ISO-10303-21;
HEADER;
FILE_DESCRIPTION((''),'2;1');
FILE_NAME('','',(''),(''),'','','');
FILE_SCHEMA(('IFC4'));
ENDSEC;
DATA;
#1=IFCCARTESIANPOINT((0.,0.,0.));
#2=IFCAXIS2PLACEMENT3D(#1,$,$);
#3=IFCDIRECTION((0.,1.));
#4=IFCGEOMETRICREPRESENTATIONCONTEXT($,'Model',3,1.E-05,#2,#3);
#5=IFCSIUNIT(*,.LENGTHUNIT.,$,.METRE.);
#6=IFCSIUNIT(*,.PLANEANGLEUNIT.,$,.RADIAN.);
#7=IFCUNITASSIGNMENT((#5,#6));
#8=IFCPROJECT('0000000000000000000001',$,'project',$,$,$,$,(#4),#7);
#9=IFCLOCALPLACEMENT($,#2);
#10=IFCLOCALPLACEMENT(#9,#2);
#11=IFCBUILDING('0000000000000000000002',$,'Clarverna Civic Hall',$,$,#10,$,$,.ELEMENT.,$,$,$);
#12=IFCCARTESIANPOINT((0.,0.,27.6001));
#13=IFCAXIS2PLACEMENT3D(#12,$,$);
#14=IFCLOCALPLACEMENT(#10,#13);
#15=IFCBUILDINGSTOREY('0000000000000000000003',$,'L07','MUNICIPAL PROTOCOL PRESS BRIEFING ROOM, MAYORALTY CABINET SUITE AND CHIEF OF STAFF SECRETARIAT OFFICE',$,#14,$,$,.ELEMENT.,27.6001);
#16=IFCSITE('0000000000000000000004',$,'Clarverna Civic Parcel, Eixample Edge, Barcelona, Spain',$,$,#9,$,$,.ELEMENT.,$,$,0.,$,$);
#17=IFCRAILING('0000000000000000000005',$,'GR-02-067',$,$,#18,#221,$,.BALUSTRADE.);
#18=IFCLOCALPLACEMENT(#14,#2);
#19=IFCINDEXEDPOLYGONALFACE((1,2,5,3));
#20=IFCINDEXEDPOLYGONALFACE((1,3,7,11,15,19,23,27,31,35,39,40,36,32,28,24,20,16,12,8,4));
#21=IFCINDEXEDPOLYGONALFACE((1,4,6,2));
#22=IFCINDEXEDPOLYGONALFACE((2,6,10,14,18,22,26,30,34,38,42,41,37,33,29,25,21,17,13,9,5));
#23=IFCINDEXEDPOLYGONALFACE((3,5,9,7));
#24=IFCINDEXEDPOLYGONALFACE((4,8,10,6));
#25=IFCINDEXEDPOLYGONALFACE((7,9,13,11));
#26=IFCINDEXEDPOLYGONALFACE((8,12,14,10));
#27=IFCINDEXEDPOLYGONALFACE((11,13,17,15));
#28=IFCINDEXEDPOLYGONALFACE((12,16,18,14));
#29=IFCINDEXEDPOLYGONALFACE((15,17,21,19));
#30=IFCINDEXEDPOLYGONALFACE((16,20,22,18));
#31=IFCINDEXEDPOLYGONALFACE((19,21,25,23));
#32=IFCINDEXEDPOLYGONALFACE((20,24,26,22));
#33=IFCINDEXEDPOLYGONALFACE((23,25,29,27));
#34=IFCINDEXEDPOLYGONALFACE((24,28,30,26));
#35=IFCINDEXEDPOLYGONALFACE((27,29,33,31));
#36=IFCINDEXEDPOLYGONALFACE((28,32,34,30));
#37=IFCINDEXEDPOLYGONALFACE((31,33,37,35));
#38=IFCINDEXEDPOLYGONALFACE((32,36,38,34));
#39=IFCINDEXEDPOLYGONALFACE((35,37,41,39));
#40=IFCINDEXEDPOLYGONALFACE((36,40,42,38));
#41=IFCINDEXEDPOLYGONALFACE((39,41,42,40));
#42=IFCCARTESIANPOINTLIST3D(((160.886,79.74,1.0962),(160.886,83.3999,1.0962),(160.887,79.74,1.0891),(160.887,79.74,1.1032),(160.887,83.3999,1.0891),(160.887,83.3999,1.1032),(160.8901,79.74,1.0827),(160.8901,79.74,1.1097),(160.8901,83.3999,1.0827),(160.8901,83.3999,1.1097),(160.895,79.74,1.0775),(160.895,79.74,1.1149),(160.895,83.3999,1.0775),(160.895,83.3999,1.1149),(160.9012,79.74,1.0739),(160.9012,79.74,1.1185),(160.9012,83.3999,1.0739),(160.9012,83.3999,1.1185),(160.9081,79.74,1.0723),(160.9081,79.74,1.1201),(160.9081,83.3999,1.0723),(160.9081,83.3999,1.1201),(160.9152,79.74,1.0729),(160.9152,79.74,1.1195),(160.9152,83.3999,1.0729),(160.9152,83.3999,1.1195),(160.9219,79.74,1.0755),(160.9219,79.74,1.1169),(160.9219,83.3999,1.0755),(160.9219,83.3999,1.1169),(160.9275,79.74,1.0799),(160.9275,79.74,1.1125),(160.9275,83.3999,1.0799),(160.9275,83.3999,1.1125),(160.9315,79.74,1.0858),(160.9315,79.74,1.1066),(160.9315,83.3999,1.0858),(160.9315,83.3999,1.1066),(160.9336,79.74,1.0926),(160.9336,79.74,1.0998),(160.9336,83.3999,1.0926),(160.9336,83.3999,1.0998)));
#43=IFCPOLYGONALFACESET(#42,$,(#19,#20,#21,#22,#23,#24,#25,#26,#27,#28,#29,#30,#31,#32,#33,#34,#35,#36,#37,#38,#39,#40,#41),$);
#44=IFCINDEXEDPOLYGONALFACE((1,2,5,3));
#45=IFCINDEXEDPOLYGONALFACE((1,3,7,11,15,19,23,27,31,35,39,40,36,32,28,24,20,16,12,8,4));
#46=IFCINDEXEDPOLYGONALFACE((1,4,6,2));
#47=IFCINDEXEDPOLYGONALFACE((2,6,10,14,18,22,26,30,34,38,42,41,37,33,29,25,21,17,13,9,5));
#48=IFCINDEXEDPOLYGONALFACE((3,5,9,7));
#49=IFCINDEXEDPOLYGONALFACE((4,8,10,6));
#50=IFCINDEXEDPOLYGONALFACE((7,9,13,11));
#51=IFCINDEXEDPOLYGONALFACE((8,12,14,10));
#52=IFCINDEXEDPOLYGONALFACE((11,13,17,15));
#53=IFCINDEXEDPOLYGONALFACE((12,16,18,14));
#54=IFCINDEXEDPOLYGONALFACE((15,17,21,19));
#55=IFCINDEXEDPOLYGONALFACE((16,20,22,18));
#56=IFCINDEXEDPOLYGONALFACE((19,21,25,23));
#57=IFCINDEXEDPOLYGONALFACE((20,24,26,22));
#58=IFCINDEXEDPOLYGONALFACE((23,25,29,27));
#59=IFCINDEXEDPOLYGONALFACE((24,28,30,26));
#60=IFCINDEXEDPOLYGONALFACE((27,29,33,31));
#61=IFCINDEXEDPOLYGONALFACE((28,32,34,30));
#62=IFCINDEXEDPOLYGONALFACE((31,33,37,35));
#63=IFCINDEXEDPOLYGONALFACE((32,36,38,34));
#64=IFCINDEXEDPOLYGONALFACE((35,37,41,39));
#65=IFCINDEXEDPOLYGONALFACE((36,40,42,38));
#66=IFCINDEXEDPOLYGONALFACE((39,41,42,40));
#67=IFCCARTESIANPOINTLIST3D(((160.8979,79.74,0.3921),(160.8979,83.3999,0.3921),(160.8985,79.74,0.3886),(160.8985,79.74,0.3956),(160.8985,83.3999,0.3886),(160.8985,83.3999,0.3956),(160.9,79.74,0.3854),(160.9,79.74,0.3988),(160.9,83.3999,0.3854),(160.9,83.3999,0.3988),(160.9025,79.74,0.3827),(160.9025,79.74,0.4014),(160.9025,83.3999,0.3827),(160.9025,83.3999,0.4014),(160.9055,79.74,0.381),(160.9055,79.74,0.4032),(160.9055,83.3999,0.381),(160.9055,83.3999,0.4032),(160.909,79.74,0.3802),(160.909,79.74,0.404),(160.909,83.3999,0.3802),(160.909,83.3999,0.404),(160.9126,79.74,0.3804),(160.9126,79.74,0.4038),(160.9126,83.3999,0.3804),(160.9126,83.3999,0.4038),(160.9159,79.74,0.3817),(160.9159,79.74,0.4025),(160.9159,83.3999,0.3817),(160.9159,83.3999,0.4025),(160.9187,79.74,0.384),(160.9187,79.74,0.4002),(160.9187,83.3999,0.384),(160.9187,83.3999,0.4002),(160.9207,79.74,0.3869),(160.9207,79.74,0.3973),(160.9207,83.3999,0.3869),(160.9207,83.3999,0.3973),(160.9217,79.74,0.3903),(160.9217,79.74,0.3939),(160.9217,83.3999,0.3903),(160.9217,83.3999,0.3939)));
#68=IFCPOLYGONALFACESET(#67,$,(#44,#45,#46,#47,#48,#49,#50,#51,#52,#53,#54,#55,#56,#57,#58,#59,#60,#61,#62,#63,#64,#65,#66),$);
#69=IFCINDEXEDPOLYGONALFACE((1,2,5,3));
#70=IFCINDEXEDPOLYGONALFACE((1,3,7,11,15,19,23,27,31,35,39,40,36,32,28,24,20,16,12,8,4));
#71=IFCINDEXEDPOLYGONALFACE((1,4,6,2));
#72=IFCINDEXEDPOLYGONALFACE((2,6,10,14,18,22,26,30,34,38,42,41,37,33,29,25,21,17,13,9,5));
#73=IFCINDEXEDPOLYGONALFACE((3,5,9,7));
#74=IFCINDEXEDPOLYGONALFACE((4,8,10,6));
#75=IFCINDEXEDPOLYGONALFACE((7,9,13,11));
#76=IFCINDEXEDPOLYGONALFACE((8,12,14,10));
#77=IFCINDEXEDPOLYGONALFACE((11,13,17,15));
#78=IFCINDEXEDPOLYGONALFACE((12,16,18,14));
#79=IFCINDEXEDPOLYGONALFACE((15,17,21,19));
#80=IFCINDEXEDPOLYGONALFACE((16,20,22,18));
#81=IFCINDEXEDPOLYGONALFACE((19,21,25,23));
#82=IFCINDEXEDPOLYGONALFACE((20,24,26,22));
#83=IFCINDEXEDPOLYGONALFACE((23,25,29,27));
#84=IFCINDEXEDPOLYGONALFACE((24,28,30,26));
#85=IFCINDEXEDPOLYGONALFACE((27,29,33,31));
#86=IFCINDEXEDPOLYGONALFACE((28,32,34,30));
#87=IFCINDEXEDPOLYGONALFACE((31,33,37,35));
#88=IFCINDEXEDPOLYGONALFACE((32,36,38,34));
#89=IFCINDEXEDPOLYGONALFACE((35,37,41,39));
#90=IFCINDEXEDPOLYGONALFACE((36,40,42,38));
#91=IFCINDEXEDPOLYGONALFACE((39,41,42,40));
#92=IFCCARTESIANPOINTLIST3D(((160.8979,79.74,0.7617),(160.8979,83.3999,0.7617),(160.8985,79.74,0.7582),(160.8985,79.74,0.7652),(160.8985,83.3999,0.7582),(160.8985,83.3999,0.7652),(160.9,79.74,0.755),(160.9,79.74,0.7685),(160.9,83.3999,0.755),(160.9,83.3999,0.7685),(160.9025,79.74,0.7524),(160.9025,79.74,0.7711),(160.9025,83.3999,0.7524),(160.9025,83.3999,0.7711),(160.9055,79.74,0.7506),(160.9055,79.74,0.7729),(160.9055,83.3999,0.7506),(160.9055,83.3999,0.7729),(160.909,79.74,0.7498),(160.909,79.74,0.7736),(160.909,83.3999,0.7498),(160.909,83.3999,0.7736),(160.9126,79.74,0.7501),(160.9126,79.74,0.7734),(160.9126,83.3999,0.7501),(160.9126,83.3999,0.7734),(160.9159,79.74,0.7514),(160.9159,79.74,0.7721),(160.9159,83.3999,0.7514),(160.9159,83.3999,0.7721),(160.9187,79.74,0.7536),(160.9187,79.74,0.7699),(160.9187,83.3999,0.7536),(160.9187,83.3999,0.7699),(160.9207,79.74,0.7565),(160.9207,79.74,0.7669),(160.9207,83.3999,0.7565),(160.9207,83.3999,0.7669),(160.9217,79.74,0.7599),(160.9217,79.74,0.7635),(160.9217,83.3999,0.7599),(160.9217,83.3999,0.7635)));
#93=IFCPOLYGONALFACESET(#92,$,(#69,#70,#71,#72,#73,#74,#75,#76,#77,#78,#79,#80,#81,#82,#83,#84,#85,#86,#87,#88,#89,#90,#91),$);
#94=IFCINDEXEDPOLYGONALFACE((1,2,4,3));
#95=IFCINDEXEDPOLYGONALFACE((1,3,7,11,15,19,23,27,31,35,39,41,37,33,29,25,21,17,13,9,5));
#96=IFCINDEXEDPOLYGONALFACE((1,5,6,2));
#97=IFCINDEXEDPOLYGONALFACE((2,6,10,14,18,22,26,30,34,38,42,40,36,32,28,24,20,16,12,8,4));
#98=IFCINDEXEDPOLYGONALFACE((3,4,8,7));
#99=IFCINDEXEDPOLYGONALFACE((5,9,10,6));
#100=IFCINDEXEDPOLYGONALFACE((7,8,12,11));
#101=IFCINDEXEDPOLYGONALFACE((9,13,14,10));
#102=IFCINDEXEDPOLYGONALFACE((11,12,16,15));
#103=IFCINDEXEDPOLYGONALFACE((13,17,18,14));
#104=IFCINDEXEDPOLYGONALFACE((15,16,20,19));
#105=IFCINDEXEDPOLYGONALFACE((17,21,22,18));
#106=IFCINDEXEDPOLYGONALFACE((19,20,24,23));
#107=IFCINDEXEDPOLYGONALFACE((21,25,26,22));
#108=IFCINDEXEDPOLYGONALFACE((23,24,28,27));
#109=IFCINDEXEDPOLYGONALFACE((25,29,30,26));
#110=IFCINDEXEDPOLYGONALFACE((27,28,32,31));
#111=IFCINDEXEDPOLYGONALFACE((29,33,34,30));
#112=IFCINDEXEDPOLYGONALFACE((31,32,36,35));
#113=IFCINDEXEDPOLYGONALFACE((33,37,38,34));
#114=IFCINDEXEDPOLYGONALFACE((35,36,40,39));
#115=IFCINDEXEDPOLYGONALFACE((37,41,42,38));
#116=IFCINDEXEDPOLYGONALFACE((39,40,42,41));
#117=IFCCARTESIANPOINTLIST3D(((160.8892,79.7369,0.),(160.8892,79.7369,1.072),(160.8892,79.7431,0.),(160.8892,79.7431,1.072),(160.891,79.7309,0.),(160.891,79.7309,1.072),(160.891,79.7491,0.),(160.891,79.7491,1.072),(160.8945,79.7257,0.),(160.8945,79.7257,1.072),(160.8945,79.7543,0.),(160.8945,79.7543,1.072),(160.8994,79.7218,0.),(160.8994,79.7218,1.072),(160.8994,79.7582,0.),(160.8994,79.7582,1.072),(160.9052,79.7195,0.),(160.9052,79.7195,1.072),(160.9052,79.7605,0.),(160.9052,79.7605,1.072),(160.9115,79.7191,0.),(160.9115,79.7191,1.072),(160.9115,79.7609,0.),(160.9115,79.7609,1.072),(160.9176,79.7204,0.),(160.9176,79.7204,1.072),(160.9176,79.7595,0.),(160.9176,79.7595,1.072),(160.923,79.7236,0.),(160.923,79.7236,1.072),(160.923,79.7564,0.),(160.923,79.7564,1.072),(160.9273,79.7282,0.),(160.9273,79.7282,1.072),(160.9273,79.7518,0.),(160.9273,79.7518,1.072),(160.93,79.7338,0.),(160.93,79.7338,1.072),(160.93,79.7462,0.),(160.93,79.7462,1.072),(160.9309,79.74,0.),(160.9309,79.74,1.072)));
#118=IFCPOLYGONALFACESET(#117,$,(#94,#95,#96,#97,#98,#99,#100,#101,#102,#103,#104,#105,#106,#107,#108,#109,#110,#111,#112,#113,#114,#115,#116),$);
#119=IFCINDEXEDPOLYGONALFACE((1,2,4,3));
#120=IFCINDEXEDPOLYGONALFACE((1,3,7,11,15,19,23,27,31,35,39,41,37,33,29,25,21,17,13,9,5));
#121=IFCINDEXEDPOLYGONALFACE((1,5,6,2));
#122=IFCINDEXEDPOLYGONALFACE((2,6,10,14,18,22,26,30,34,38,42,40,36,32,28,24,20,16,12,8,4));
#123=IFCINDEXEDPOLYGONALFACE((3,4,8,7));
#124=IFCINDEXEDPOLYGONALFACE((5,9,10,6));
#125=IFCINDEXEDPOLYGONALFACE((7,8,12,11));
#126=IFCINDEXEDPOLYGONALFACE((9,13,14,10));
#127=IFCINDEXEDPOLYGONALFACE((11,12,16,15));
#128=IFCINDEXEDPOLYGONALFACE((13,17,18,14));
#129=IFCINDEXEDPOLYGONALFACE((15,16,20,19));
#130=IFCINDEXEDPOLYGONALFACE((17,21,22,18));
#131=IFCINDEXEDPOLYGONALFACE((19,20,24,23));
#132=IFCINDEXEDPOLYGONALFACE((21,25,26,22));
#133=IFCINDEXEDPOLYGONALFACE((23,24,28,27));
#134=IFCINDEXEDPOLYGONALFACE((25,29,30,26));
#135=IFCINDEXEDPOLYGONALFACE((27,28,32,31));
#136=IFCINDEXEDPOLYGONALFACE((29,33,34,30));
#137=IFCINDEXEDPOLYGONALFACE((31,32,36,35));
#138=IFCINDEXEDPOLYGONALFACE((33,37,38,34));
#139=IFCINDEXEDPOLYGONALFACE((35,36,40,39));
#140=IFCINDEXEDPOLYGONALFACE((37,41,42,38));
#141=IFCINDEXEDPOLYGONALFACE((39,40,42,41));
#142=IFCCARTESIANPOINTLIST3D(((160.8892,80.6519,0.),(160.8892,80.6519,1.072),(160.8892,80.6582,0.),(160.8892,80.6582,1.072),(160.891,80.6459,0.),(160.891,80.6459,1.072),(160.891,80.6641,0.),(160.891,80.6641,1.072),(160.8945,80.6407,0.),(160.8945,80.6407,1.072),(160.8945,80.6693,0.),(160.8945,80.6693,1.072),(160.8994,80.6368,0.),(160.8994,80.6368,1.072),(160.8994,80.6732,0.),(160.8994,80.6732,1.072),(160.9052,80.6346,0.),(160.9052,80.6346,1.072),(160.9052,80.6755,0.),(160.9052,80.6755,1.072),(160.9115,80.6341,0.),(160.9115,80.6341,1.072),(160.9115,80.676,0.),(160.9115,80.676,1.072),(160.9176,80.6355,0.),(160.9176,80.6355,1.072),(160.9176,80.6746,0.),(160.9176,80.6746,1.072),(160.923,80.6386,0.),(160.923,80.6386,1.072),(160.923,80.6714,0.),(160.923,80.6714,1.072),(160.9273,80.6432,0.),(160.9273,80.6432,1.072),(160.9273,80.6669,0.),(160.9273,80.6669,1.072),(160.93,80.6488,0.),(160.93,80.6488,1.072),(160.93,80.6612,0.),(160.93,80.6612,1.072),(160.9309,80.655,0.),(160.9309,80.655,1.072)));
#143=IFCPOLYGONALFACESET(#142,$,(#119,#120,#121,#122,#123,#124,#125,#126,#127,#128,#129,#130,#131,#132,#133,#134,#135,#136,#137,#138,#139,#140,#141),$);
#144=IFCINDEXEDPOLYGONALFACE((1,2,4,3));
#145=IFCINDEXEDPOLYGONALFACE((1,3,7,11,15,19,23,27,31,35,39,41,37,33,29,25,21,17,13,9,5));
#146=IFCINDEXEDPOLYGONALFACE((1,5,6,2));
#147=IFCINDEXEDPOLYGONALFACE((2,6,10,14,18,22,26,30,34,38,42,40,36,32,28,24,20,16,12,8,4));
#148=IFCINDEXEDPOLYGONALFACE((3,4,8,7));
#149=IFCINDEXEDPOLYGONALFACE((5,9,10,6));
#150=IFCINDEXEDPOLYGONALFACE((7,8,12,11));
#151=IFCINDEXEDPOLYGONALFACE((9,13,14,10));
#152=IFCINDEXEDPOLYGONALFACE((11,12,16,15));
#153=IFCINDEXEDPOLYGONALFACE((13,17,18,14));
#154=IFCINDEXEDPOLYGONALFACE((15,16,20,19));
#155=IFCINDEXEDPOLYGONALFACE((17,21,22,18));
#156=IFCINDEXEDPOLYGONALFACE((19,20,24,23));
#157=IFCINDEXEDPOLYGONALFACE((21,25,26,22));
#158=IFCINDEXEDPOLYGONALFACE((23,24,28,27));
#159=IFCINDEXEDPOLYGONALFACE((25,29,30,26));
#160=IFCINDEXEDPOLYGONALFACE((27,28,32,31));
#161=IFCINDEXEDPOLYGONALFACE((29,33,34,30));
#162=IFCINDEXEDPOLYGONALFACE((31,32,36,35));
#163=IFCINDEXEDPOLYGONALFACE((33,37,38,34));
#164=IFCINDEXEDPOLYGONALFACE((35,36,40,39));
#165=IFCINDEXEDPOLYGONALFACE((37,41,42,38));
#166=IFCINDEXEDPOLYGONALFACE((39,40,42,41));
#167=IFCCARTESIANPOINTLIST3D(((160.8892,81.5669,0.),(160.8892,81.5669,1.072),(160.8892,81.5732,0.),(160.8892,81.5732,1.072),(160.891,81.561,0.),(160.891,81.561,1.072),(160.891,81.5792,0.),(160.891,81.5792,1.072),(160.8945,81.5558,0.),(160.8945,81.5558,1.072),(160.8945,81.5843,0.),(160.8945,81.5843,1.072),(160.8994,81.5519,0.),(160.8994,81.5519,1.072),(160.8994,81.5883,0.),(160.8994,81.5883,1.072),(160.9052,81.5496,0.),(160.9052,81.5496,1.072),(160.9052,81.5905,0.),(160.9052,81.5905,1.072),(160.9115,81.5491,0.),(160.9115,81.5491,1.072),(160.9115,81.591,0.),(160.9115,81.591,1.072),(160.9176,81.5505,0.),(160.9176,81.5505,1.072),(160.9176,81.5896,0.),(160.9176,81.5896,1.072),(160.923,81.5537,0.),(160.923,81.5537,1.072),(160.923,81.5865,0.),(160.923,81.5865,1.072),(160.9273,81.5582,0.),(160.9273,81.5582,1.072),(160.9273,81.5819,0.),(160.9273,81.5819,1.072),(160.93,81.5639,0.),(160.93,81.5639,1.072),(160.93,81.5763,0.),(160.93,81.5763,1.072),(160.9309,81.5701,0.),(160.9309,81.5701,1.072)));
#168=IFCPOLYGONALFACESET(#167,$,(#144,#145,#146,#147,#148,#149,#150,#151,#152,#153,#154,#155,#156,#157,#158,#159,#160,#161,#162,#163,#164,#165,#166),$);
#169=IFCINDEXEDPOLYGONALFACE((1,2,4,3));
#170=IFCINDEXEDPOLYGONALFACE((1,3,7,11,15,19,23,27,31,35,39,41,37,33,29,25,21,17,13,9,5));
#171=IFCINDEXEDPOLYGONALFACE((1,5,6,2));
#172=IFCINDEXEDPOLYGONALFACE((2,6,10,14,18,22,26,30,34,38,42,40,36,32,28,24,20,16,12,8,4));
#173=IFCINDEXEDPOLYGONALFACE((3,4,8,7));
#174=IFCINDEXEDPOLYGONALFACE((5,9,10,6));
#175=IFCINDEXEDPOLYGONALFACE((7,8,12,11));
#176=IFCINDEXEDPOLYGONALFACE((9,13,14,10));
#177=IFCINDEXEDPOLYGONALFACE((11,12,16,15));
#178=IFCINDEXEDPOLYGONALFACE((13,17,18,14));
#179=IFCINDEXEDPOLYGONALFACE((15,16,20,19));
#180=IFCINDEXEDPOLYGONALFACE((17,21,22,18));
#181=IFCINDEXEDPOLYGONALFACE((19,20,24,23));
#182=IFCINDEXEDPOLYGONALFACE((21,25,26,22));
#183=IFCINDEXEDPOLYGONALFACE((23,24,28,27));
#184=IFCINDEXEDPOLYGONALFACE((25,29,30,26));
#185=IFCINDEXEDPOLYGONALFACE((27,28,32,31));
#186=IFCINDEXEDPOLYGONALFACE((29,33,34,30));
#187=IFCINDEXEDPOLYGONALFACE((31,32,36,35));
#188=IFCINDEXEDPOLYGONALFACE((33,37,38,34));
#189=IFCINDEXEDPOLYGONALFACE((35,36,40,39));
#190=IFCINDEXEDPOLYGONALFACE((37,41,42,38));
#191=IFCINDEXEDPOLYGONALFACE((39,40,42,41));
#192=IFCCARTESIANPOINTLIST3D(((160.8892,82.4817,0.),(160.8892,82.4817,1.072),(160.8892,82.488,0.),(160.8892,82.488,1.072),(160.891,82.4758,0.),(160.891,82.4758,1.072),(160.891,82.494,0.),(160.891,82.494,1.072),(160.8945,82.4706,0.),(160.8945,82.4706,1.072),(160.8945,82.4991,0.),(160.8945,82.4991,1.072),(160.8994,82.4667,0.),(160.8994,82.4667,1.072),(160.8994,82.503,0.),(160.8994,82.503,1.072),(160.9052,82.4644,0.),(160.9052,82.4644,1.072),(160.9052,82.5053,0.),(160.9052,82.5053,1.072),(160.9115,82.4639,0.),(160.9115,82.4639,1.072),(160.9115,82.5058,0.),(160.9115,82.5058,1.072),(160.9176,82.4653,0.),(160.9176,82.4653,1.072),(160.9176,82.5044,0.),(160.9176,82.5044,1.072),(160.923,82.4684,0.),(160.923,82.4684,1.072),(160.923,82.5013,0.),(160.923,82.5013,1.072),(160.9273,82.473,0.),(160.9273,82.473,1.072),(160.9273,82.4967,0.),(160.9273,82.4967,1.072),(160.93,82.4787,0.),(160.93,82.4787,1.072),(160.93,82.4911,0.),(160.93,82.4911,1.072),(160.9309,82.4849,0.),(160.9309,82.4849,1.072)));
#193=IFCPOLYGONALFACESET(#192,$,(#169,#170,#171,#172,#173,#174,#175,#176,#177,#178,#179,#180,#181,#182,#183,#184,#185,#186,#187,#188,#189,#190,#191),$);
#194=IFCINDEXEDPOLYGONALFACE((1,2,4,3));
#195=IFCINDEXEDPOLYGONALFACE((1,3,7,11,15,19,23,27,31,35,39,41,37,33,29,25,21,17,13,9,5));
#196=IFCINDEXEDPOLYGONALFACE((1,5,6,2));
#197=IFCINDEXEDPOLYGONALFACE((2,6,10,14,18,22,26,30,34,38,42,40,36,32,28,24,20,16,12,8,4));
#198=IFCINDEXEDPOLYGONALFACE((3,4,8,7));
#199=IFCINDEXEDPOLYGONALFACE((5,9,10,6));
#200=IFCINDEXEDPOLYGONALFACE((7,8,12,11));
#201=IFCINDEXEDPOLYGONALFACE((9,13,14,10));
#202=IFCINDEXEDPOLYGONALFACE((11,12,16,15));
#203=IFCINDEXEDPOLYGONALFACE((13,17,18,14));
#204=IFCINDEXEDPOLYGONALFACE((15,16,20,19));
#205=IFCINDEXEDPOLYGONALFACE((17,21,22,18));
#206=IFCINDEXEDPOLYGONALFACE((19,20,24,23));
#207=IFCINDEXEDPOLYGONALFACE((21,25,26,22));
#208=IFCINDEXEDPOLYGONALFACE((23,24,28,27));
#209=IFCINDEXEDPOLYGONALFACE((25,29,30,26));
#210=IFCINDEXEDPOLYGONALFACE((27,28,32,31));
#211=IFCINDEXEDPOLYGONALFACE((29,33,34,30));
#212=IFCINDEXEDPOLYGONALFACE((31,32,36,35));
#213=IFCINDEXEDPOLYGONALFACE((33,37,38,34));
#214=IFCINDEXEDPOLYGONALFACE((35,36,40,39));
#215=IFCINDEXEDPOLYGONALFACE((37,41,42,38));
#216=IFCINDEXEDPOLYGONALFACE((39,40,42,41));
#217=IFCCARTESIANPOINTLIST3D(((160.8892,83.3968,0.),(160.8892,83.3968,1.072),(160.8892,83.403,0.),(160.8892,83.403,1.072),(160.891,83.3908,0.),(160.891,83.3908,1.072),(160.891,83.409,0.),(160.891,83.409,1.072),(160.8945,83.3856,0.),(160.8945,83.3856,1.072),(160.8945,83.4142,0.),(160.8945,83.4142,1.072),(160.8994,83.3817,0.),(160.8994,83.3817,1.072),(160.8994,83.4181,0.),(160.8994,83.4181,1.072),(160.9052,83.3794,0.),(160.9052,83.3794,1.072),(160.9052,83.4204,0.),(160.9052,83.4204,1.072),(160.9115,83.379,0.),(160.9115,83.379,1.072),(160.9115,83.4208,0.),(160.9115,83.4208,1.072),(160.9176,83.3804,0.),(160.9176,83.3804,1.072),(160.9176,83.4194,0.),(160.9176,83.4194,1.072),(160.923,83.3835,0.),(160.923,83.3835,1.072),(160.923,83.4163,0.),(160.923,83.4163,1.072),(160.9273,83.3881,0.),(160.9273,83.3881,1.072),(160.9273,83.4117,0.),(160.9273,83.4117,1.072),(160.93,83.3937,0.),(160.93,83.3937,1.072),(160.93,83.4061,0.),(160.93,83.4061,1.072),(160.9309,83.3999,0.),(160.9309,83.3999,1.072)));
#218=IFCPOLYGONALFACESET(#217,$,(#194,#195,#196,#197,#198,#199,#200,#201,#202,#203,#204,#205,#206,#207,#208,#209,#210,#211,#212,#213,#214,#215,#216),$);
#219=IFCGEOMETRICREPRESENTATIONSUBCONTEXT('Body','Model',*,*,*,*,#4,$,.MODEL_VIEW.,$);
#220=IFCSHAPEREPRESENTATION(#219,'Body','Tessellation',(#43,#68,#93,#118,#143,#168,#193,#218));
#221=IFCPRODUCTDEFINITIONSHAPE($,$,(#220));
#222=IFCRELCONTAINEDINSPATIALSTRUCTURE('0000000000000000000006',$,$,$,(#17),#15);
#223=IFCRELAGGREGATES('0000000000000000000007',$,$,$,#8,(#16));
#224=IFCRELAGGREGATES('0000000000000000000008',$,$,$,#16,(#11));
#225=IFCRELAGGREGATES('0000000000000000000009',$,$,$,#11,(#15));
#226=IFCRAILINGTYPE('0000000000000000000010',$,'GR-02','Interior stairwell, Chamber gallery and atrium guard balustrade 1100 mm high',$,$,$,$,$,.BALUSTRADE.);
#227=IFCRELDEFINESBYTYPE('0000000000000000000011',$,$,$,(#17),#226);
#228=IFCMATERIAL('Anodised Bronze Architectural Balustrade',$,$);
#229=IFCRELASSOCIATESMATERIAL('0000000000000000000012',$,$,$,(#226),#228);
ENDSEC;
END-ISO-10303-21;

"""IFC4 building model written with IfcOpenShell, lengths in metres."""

from ifc_helpers import new_model, si_unit, direction, frame, origin, origin_2d, place, context, subcontext, project, spatial, circle, extrude, material, type_object, element, save


model = new_model("IFC4")

# Units and contexts
model_context = context("Model", 3, precision=1e-05, world=origin(), true_north=direction((0.0, 1.0)))
body_context = subcontext(model_context, "Body", "Model", "MODEL_VIEW")
ifc_project = project(units=[si_unit("LENGTHUNIT", "METRE"), si_unit("PLANEANGLEUNIT", "RADIAN")], contexts=[model_context])

# Site, building, storey
site_placement = place(None, origin())
site = spatial("IfcSite", under=ifc_project, at=site_placement, Name="Clarverna Civic Parcel, Eixample Edge, Barcelona, Spain", CompositionType="ELEMENT", RefElevation=0.0)
building_placement = place(site_placement, origin())
building = spatial("IfcBuilding", under=site, at=building_placement, Name="Clarverna Civic Hall", CompositionType="ELEMENT")
storey_placement = place(building_placement, frame((0.0, 0.0, 27.6001)))
storey = spatial("IfcBuildingStorey", under=building, at=storey_placement, Name="L07", Description="MUNICIPAL PROTOCOL PRESS BRIEFING ROOM, MAYORALTY CABINET SUITE AND CHIEF OF STAFF SECRETARIAT OFFICE", CompositionType="ELEMENT", Elevation=27.6001)

# Railing
ifc_material_1 = material(Name="Anodised Bronze Architectural Balustrade")
railing_type = type_object("IfcRailingType", Name="GR-02", Description="Interior stairwell, Chamber gallery and atrium guard balustrade 1100 mm high", PredefinedType="BALUSTRADE", material=ifc_material_1)
railing_placement = place(storey_placement, frame((160.9099, 79.74, 0.0)))
element("IfcRailing", 1, at=railing_placement, inside=storey, type_object=railing_type, Name="GR-02-067", PredefinedType="BALUSTRADE", context=body_context, shape_type="SweptSolid", body=[
    extrude(circle(Radius=0.0239, at=origin_2d()), frame((0.0, 0.0, 1.0962), z_axis=(0.0, 1.0, 0.0), x_axis=(-1.0, 0.0, 0.0)), (0.0, 0.0, 1.0), 3.6599),
    extrude(circle(Radius=0.012, at=origin_2d()), frame((0.0, 0.0, 0.3921), z_axis=(0.0, 1.0, 0.0), x_axis=(-1.0, 0.0, 0.0)), (0.0, 0.0, 1.0), 3.6599),
    extrude(circle(Radius=0.012, at=origin_2d()), frame((0.0, 0.0, 0.7617), z_axis=(0.0, 1.0, 0.0), x_axis=(-1.0, 0.0, 0.0)), (0.0, 0.0, 1.0), 3.6599),
    extrude(circle(Radius=0.021, at=origin_2d()), origin(), (0.0, 0.0, 1.0), 1.072),
    extrude(circle(Radius=0.021, at=origin_2d()), frame((0.0, 0.915, 0.0)), (0.0, 0.0, 1.0), 1.072),
    extrude(circle(Radius=0.021, at=origin_2d()), frame((0.0, 1.8301, 0.0)), (0.0, 0.0, 1.0), 1.072),
    extrude(circle(Radius=0.021, at=origin_2d()), frame((0.0, 2.7449, 0.0)), (0.0, 0.0, 1.0), 1.072),
    extrude(circle(Radius=0.021, at=origin_2d()), frame((0.0, 3.6599, 0.0)), (0.0, 0.0, 1.0), 1.072),
])

save(model, "model.ifc")
